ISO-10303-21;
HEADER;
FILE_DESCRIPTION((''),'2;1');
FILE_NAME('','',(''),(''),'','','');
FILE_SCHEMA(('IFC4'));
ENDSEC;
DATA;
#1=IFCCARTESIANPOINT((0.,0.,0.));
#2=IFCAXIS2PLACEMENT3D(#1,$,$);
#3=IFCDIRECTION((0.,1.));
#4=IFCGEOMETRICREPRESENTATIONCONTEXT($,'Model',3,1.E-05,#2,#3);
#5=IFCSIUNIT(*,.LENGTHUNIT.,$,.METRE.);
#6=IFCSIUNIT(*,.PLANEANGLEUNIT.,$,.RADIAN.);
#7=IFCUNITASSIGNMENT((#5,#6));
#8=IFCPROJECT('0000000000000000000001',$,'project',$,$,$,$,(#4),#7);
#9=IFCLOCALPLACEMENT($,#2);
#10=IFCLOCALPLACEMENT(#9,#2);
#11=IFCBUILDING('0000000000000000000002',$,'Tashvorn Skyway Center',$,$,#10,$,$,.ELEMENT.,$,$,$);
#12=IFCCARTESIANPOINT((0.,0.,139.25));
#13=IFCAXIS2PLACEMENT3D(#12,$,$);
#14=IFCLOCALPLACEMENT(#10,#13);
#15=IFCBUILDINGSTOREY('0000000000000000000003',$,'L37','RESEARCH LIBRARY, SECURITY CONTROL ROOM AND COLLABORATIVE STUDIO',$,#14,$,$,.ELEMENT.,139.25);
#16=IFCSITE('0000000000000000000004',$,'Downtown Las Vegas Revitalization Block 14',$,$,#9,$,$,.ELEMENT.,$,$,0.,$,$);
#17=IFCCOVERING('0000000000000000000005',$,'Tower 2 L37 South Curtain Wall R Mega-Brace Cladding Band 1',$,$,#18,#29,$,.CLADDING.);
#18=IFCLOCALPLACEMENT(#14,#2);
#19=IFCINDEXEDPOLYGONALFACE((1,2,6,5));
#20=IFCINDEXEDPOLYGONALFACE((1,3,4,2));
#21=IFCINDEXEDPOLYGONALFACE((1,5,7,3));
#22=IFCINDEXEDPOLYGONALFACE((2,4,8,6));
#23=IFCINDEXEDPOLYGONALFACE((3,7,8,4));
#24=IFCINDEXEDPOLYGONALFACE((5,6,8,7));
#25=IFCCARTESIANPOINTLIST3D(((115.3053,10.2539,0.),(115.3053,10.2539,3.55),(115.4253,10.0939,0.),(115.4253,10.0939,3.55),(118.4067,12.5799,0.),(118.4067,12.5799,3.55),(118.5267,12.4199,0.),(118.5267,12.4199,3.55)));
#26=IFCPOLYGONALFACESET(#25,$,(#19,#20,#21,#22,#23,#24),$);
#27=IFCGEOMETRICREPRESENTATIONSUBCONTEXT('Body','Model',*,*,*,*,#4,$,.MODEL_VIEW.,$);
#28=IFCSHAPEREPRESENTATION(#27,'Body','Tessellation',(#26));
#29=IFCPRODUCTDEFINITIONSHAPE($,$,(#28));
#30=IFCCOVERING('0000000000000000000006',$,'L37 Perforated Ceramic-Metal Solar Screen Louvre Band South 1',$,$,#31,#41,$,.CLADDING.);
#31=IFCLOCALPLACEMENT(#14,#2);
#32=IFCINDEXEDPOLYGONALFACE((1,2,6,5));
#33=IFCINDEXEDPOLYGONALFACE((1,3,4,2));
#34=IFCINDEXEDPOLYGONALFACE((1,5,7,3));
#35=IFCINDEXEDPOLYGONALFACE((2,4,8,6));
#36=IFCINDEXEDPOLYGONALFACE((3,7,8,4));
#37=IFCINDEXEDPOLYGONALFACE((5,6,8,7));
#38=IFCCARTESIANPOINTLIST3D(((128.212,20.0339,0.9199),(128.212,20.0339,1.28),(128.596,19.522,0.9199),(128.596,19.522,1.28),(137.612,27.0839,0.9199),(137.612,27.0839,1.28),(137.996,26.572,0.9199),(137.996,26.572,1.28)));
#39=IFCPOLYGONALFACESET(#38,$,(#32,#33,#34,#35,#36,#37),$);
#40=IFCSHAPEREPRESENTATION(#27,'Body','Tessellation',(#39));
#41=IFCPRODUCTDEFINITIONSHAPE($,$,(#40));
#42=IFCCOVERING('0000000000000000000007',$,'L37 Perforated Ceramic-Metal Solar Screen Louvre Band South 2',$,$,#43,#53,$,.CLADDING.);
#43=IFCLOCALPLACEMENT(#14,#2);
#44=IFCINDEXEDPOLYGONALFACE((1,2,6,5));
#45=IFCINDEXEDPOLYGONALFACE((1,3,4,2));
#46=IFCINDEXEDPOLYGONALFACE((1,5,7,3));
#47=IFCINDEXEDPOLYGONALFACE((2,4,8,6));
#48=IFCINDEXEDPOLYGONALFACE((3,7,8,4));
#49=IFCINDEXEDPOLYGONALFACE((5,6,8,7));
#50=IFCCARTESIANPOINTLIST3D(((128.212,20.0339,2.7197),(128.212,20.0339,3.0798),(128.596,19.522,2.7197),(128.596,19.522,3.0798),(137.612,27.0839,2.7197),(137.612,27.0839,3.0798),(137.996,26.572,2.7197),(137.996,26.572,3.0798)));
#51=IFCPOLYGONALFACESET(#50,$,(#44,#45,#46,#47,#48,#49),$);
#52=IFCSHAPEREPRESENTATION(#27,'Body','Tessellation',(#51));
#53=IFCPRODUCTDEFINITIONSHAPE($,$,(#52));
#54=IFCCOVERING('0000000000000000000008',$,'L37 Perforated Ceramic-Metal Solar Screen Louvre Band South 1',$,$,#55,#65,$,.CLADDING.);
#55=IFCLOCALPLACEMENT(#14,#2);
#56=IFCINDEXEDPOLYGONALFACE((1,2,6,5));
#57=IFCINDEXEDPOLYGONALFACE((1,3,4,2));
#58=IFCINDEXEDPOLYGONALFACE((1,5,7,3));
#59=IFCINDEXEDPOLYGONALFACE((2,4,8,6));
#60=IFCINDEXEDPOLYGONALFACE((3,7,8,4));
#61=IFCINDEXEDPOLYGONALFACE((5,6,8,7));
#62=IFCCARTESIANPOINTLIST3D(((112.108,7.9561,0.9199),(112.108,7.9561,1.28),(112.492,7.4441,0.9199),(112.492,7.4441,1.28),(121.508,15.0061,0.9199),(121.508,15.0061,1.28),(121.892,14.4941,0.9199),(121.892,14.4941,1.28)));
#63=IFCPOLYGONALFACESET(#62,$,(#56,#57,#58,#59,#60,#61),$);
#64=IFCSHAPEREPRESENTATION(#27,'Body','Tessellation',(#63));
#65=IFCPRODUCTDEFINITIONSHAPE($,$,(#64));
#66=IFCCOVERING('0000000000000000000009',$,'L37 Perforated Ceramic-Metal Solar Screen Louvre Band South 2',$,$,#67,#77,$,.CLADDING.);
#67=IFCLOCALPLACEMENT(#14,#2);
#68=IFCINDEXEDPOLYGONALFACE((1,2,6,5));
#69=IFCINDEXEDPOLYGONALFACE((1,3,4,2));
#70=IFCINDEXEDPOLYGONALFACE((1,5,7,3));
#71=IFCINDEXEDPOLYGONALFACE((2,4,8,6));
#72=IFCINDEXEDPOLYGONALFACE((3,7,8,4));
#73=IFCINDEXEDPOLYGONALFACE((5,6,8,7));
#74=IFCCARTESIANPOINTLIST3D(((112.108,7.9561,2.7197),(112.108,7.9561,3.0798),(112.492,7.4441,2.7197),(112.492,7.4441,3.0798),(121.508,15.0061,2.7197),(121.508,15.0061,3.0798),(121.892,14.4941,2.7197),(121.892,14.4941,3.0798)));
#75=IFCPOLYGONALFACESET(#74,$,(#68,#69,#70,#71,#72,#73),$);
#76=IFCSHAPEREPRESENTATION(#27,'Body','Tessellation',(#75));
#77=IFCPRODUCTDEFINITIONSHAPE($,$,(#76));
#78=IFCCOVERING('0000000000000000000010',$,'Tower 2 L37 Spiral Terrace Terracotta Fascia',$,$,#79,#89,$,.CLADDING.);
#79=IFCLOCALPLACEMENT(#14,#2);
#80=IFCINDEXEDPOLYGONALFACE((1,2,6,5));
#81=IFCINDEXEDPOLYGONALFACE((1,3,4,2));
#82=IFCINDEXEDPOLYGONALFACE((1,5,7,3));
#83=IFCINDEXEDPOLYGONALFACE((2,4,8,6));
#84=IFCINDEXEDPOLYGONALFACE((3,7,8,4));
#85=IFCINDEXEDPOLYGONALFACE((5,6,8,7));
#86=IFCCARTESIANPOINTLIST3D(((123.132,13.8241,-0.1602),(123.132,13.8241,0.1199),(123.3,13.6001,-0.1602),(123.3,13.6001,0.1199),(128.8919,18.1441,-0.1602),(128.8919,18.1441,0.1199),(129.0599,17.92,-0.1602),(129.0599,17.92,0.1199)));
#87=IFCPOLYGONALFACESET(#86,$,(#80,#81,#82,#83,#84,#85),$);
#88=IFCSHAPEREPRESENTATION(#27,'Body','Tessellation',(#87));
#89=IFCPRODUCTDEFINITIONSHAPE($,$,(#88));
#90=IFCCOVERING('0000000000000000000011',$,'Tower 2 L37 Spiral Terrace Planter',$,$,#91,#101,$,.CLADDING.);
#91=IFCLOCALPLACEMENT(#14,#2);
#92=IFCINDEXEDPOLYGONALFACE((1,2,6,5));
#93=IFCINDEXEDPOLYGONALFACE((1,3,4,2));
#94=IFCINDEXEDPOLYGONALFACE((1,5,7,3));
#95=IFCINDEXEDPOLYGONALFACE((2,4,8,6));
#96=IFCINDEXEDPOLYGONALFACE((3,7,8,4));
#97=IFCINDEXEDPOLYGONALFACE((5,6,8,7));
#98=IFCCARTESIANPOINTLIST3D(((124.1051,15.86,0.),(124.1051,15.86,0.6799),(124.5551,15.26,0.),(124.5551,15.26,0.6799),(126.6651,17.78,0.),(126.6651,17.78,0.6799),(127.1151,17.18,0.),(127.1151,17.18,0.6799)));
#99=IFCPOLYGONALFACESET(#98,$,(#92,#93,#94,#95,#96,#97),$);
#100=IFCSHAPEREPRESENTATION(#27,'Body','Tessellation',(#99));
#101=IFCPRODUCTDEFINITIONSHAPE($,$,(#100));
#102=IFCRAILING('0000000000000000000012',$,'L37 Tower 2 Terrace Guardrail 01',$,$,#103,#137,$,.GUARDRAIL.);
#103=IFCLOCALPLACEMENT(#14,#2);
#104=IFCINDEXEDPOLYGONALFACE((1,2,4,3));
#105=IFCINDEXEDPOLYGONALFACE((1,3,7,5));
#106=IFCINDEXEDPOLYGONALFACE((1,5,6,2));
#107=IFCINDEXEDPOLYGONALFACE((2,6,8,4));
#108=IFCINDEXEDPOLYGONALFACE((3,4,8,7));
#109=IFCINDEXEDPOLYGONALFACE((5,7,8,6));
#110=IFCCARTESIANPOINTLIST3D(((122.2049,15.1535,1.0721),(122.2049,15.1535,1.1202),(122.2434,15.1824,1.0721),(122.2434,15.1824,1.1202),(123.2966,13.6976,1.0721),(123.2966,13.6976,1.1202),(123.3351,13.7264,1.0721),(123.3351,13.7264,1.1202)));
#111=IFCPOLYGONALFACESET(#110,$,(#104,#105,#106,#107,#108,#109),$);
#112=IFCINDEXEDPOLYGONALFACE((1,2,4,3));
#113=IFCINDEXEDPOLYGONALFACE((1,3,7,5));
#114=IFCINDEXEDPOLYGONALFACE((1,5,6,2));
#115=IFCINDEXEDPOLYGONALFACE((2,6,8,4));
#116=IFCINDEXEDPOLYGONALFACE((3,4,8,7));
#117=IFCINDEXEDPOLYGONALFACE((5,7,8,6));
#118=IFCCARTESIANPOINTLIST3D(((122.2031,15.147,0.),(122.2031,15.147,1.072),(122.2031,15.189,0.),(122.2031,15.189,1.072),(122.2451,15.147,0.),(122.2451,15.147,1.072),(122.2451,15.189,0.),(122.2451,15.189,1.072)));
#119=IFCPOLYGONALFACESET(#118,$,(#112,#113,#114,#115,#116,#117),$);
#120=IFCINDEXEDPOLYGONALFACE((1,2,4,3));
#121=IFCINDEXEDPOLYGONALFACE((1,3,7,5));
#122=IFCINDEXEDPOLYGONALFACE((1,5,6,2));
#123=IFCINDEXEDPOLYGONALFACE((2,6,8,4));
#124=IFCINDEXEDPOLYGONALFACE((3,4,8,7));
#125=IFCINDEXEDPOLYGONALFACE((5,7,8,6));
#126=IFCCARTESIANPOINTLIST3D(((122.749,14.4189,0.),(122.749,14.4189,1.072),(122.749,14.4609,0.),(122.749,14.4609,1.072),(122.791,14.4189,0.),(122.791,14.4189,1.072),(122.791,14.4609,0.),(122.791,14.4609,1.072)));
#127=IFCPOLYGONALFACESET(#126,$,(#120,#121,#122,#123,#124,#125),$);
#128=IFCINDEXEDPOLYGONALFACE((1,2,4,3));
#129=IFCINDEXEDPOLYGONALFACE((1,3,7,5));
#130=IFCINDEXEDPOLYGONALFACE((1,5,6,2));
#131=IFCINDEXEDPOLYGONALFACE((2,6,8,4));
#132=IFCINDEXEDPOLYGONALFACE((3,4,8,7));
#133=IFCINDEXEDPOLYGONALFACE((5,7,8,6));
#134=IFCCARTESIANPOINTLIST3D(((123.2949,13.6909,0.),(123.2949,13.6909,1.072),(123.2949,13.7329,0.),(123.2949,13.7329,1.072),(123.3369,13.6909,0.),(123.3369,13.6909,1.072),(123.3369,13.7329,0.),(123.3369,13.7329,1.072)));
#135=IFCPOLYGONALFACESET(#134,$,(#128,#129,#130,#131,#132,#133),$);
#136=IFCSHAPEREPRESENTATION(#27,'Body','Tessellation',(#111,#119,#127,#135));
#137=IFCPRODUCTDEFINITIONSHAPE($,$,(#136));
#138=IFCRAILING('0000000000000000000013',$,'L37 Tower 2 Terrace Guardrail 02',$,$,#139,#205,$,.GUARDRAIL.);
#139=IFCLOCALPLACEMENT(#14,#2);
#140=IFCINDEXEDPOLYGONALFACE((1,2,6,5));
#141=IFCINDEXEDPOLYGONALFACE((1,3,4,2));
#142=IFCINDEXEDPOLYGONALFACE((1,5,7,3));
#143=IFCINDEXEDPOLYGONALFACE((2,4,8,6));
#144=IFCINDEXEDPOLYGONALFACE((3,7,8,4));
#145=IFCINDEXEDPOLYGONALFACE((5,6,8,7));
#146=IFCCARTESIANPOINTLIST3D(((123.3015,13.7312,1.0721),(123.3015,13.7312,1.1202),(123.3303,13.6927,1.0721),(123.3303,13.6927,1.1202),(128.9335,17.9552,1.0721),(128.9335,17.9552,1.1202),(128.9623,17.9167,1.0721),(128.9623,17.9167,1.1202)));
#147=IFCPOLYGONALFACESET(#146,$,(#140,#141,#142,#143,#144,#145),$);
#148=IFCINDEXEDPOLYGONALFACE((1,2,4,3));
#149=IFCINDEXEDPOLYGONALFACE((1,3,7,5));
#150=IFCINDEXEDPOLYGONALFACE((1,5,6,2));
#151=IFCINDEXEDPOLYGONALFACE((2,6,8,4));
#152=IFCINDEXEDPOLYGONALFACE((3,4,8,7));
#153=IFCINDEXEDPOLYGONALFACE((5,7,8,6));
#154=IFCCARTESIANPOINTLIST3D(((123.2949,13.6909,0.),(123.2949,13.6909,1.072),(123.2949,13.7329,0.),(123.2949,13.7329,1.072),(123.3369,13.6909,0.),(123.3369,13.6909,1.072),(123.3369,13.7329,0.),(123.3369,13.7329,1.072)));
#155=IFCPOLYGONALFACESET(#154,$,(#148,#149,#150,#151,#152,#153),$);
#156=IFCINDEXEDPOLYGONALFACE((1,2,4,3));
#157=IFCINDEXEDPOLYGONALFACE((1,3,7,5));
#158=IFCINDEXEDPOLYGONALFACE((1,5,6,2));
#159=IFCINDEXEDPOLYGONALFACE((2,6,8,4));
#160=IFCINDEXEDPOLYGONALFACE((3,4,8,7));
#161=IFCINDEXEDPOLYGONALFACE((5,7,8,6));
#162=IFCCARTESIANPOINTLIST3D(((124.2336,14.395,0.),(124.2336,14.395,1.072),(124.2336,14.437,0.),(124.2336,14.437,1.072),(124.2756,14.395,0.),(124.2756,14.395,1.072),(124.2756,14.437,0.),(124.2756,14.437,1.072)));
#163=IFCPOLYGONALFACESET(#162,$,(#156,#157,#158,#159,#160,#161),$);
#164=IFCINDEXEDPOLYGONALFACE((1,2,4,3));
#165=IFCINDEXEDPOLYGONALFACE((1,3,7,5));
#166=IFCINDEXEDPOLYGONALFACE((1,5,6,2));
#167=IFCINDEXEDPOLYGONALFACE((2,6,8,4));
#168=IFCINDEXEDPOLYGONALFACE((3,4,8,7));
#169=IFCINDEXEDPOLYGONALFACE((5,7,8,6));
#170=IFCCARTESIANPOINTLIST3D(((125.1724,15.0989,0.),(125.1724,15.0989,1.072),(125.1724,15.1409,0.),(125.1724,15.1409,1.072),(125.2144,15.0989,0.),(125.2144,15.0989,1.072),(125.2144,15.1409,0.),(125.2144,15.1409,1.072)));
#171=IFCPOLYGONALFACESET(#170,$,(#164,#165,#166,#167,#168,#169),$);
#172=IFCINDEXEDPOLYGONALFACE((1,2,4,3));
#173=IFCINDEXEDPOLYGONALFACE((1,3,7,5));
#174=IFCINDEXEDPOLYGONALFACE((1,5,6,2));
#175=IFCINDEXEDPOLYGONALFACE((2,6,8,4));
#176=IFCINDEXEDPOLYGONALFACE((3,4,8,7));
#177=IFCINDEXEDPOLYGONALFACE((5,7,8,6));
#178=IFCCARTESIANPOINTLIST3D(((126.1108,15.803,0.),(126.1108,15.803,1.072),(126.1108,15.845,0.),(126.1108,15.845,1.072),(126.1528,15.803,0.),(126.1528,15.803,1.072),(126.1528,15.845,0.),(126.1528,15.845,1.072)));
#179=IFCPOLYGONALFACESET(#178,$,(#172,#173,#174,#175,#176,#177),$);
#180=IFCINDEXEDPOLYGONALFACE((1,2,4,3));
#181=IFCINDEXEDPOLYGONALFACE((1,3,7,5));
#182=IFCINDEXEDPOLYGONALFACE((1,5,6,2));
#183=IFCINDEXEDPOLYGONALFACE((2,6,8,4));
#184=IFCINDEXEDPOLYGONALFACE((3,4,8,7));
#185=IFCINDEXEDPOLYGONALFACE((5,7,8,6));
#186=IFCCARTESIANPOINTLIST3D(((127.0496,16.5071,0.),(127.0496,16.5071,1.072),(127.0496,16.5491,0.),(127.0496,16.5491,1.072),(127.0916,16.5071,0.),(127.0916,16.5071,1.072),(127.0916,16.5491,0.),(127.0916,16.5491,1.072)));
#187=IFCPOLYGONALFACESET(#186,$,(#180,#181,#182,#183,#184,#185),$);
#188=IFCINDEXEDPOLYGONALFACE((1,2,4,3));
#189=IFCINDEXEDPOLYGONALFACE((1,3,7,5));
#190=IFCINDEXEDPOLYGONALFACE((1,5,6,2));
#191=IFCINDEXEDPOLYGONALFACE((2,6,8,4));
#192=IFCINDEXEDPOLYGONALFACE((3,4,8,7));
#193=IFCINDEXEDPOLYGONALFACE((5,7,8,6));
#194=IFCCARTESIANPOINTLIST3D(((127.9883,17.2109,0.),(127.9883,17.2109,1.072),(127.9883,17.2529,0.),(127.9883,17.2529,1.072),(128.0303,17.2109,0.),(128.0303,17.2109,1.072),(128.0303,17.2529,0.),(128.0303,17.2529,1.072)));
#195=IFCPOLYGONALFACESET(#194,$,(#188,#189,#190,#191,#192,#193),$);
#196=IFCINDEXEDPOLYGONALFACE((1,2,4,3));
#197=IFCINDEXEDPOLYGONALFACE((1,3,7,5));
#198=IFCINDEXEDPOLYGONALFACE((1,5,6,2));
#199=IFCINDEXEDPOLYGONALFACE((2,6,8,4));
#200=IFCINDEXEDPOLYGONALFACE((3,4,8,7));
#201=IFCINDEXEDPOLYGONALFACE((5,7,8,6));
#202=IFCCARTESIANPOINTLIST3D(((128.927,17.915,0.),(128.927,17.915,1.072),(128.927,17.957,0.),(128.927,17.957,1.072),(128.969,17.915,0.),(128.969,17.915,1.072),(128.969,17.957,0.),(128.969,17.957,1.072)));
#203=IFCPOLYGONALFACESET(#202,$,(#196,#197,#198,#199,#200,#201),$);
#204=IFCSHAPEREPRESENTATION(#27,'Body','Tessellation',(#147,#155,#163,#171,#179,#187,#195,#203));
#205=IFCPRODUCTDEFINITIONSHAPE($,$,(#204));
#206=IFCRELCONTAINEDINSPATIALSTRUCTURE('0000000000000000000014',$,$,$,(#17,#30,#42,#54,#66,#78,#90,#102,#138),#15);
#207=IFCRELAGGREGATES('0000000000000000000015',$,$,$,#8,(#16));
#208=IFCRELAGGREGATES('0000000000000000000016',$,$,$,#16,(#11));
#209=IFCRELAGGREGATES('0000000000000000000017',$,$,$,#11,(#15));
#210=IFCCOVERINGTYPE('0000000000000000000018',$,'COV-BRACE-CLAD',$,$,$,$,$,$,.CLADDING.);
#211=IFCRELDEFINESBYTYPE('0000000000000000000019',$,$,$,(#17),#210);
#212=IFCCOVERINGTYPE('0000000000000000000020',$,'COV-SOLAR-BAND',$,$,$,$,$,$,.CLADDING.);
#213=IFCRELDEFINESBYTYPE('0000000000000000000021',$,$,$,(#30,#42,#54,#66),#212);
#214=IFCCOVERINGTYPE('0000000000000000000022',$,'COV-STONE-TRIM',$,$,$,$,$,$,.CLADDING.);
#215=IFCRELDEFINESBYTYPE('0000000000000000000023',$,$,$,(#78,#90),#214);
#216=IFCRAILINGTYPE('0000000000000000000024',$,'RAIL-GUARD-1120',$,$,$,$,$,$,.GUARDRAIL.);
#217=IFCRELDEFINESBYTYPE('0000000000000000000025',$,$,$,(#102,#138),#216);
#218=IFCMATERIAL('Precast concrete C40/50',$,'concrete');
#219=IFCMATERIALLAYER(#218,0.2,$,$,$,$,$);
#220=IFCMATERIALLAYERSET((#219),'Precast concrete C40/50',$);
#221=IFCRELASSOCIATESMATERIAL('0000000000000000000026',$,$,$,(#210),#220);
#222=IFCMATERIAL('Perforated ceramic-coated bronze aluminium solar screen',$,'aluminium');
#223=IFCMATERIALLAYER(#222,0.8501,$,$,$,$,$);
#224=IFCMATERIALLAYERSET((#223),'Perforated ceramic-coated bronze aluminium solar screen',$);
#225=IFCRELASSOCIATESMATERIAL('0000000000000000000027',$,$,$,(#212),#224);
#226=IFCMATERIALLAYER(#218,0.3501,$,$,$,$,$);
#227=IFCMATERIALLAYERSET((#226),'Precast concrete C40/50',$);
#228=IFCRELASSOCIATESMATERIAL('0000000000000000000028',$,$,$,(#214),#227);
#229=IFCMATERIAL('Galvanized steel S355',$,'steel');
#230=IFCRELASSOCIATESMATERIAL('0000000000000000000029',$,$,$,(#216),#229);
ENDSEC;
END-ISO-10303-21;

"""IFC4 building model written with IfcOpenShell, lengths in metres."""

from ifc_helpers import new_model, si_unit, direction, frame, origin, origin_2d, place, context, subcontext, project, spatial, rectangle, extrude, material, layer, layer_set, type_object, element, save


model = new_model("IFC4")

# Units and contexts
model_context = context("Model", 3, precision=1e-05, world=origin(), true_north=direction((0.0, 1.0)))
body_context = subcontext(model_context, "Body", "Model", "MODEL_VIEW")
ifc_project = project(units=[si_unit("LENGTHUNIT", "METRE"), si_unit("PLANEANGLEUNIT", "RADIAN")], contexts=[model_context])

# Site, building, storey
site_placement = place(None, origin())
site = spatial("IfcSite", under=ifc_project, at=site_placement, Name="Downtown Las Vegas Revitalization Block 14", CompositionType="ELEMENT", RefElevation=0.0)
building_placement = place(site_placement, origin())
building = spatial("IfcBuilding", under=site, at=building_placement, Name="Tashvorn Skyway Center", CompositionType="ELEMENT")
storey_placement = place(building_placement, frame((0.0, 0.0, 139.25)))
storey = spatial("IfcBuildingStorey", under=building, at=storey_placement, Name="L37", Description="RESEARCH LIBRARY, SECURITY CONTROL ROOM AND COLLABORATIVE STUDIO", CompositionType="ELEMENT", Elevation=139.25)

# Shared definitions
ifc_material_1 = material(Name="Precast concrete C40/50", Category="concrete")

# Coverings
ifc_layer_1 = layer(ifc_material_1, 0.2)
ifc_layer_set_1 = layer_set([ifc_layer_1], Name="Precast concrete C40/50")
covering_type_1 = type_object("IfcCoveringType", Name="COV-BRACE-CLAD", PredefinedType="CLADDING", material=ifc_layer_set_1)
covering_1_placement = place(storey_placement, frame((116.916, 11.3369, 0.0), z_axis=(0.0, 0.0, 1.0), x_axis=(-0.8, -0.6, 0.0)))
element("IfcCovering", 1, at=covering_1_placement, inside=storey, type_object=covering_type_1, Name="Tower 2 L37 South Curtain Wall R Mega-Brace Cladding Band 1", PredefinedType="CLADDING", context=body_context, shape_type="SweptSolid", body=[
    extrude(rectangle(XDim=3.8767, YDim=0.2, at=origin_2d()), origin(), (0.0, 0.0, 1.0), 3.55),
])
ifc_material_2 = material(Name="Perforated ceramic-coated bronze aluminium solar screen", Category="aluminium")
ifc_layer_2 = layer(ifc_material_2, 0.8501)
ifc_layer_set_2 = layer_set([ifc_layer_2], Name="Perforated ceramic-coated bronze aluminium solar screen")
covering_type_2 = type_object("IfcCoveringType", Name="COV-SOLAR-BAND", PredefinedType="CLADDING", material=ifc_layer_set_2)
for number, where, z_axis, x_axis, name in (
    (2, (133.104, 23.303, 0.9199), (0.0, 0.0, 1.0), (-0.8, -0.6, 0.0), "L37 Perforated Ceramic-Metal Solar Screen Louvre Band South 1"),
    (3, (133.104, 23.303, 2.7197), (0.0, 0.0, 1.0), (-0.8, -0.6, 0.0), "L37 Perforated Ceramic-Metal Solar Screen Louvre Band South 2"),
    (4, (117.0, 11.2251, 0.9199), (0.0, 0.0, 1.0), (-0.8, -0.6, 0.0), "L37 Perforated Ceramic-Metal Solar Screen Louvre Band South 1"),
    (5, (117.0, 11.2251, 2.7197), (0.0, 0.0, 1.0), (-0.8, -0.6, 0.0), "L37 Perforated Ceramic-Metal Solar Screen Louvre Band South 2"),
):
    element("IfcCovering", number, at=place(storey_placement, frame(where, z_axis=z_axis, x_axis=x_axis)), inside=storey, type_object=covering_type_2, Name=name, PredefinedType="CLADDING", context=body_context, shape_type="SweptSolid", body=[
        extrude(rectangle(XDim=11.75, YDim=0.6399, at=origin_2d()), origin(), (0.0, 0.0, 1.0), 0.3601),
    ])
ifc_layer_3 = layer(ifc_material_1, 0.3501)
ifc_layer_set_3 = layer_set([ifc_layer_3], Name="Precast concrete C40/50")
covering_type_3 = type_object("IfcCoveringType", Name="COV-STONE-TRIM", PredefinedType="CLADDING", material=ifc_layer_set_3)
covering_2_placement = place(storey_placement, frame((126.0959, 15.8721, -0.1602), z_axis=(0.0, 0.0, 1.0), x_axis=(-0.8, -0.6, 0.0)))
element("IfcCovering", 6, at=covering_2_placement, inside=storey, type_object=covering_type_3, Name="Tower 2 L37 Spiral Terrace Terracotta Fascia", PredefinedType="CLADDING", context=body_context, shape_type="SweptSolid", body=[
    extrude(rectangle(XDim=7.2, YDim=0.28, at=origin_2d()), origin(), (0.0, 0.0, 1.0), 0.28),
])
covering_3_placement = place(storey_placement, frame((125.6101, 16.52, 0.0), z_axis=(0.0, 0.0, 1.0), x_axis=(-0.8, -0.6, 0.0)))
element("IfcCovering", 7, at=covering_3_placement, inside=storey, type_object=covering_type_3, Name="Tower 2 L37 Spiral Terrace Planter", PredefinedType="CLADDING", context=body_context, shape_type="SweptSolid", body=[
    extrude(rectangle(XDim=3.2, YDim=0.75, at=origin_2d()), origin(), (0.0, 0.0, 1.0), 0.6799),
])

# Railings
ifc_material_3 = material(Name="Galvanized steel S355", Category="steel")
railing_type = type_object("IfcRailingType", Name="RAIL-GUARD-1120", PredefinedType="GUARDRAIL", material=ifc_material_3)
railing_1_placement = place(storey_placement, frame((122.2241, 15.168, 0.0)))
element("IfcRailing", 8, at=railing_1_placement, inside=storey, type_object=railing_type, Name="L37 Tower 2 Terrace Guardrail 01", PredefinedType="GUARDRAIL", context=body_context, shape_type="SweptSolid", body=[
    extrude(rectangle(XDim=0.0481, YDim=0.0481, at=origin_2d()), frame((0.0, 0.0, 1.0962), z_axis=(0.599914, -0.800064, 0.0), x_axis=(0.800064, 0.599914, 0.0)), (0.0, 0.0, 1.0), 1.8198),
    extrude(rectangle(XDim=0.042, YDim=0.042, at=origin_2d()), origin(), (0.0, 0.0, 1.0), 1.072),
    extrude(rectangle(XDim=0.042, YDim=0.042, at=origin_2d()), frame((0.5459, -0.728, 0.0)), (0.0, 0.0, 1.0), 1.072),
    extrude(rectangle(XDim=0.042, YDim=0.042, at=origin_2d()), frame((1.0918, -1.4561, 0.0)), (0.0, 0.0, 1.0), 1.072),
])
railing_2_placement = place(storey_placement, frame((123.3159, 13.7119, 0.0)))
element("IfcRailing", 9, at=railing_2_placement, inside=storey, type_object=railing_type, Name="L37 Tower 2 Terrace Guardrail 02", PredefinedType="GUARDRAIL", context=body_context, shape_type="SweptSolid", body=[
    extrude(rectangle(XDim=0.0481, YDim=0.0481, at=origin_2d()), frame((0.0, 0.0, 1.0962), z_axis=(0.799996, 0.600006, 0.0), x_axis=(-0.600006, 0.799996, 0.0)), (0.0, 0.0, 1.0), 7.04),
    extrude(rectangle(XDim=0.042, YDim=0.042, at=origin_2d()), origin(), (0.0, 0.0, 1.0), 1.072),
    extrude(rectangle(XDim=0.042, YDim=0.042, at=origin_2d()), frame((0.9387, 0.7041, 0.0)), (0.0, 0.0, 1.0), 1.072),
    extrude(rectangle(XDim=0.042, YDim=0.042, at=origin_2d()), frame((1.8774, 1.408, 0.0)), (0.0, 0.0, 1.0), 1.072),
    extrude(rectangle(XDim=0.042, YDim=0.042, at=origin_2d()), frame((2.8159, 2.1121, 0.0)), (0.0, 0.0, 1.0), 1.072),
    extrude(rectangle(XDim=0.042, YDim=0.042, at=origin_2d()), frame((3.7546, 2.8162, 0.0)), (0.0, 0.0, 1.0), 1.072),
    extrude(rectangle(XDim=0.042, YDim=0.042, at=origin_2d()), frame((4.6934, 3.52, 0.0)), (0.0, 0.0, 1.0), 1.072),
    extrude(rectangle(XDim=0.042, YDim=0.042, at=origin_2d()), frame((5.6321, 4.2241, 0.0)), (0.0, 0.0, 1.0), 1.072),
])

save(model, "model.ifc")
